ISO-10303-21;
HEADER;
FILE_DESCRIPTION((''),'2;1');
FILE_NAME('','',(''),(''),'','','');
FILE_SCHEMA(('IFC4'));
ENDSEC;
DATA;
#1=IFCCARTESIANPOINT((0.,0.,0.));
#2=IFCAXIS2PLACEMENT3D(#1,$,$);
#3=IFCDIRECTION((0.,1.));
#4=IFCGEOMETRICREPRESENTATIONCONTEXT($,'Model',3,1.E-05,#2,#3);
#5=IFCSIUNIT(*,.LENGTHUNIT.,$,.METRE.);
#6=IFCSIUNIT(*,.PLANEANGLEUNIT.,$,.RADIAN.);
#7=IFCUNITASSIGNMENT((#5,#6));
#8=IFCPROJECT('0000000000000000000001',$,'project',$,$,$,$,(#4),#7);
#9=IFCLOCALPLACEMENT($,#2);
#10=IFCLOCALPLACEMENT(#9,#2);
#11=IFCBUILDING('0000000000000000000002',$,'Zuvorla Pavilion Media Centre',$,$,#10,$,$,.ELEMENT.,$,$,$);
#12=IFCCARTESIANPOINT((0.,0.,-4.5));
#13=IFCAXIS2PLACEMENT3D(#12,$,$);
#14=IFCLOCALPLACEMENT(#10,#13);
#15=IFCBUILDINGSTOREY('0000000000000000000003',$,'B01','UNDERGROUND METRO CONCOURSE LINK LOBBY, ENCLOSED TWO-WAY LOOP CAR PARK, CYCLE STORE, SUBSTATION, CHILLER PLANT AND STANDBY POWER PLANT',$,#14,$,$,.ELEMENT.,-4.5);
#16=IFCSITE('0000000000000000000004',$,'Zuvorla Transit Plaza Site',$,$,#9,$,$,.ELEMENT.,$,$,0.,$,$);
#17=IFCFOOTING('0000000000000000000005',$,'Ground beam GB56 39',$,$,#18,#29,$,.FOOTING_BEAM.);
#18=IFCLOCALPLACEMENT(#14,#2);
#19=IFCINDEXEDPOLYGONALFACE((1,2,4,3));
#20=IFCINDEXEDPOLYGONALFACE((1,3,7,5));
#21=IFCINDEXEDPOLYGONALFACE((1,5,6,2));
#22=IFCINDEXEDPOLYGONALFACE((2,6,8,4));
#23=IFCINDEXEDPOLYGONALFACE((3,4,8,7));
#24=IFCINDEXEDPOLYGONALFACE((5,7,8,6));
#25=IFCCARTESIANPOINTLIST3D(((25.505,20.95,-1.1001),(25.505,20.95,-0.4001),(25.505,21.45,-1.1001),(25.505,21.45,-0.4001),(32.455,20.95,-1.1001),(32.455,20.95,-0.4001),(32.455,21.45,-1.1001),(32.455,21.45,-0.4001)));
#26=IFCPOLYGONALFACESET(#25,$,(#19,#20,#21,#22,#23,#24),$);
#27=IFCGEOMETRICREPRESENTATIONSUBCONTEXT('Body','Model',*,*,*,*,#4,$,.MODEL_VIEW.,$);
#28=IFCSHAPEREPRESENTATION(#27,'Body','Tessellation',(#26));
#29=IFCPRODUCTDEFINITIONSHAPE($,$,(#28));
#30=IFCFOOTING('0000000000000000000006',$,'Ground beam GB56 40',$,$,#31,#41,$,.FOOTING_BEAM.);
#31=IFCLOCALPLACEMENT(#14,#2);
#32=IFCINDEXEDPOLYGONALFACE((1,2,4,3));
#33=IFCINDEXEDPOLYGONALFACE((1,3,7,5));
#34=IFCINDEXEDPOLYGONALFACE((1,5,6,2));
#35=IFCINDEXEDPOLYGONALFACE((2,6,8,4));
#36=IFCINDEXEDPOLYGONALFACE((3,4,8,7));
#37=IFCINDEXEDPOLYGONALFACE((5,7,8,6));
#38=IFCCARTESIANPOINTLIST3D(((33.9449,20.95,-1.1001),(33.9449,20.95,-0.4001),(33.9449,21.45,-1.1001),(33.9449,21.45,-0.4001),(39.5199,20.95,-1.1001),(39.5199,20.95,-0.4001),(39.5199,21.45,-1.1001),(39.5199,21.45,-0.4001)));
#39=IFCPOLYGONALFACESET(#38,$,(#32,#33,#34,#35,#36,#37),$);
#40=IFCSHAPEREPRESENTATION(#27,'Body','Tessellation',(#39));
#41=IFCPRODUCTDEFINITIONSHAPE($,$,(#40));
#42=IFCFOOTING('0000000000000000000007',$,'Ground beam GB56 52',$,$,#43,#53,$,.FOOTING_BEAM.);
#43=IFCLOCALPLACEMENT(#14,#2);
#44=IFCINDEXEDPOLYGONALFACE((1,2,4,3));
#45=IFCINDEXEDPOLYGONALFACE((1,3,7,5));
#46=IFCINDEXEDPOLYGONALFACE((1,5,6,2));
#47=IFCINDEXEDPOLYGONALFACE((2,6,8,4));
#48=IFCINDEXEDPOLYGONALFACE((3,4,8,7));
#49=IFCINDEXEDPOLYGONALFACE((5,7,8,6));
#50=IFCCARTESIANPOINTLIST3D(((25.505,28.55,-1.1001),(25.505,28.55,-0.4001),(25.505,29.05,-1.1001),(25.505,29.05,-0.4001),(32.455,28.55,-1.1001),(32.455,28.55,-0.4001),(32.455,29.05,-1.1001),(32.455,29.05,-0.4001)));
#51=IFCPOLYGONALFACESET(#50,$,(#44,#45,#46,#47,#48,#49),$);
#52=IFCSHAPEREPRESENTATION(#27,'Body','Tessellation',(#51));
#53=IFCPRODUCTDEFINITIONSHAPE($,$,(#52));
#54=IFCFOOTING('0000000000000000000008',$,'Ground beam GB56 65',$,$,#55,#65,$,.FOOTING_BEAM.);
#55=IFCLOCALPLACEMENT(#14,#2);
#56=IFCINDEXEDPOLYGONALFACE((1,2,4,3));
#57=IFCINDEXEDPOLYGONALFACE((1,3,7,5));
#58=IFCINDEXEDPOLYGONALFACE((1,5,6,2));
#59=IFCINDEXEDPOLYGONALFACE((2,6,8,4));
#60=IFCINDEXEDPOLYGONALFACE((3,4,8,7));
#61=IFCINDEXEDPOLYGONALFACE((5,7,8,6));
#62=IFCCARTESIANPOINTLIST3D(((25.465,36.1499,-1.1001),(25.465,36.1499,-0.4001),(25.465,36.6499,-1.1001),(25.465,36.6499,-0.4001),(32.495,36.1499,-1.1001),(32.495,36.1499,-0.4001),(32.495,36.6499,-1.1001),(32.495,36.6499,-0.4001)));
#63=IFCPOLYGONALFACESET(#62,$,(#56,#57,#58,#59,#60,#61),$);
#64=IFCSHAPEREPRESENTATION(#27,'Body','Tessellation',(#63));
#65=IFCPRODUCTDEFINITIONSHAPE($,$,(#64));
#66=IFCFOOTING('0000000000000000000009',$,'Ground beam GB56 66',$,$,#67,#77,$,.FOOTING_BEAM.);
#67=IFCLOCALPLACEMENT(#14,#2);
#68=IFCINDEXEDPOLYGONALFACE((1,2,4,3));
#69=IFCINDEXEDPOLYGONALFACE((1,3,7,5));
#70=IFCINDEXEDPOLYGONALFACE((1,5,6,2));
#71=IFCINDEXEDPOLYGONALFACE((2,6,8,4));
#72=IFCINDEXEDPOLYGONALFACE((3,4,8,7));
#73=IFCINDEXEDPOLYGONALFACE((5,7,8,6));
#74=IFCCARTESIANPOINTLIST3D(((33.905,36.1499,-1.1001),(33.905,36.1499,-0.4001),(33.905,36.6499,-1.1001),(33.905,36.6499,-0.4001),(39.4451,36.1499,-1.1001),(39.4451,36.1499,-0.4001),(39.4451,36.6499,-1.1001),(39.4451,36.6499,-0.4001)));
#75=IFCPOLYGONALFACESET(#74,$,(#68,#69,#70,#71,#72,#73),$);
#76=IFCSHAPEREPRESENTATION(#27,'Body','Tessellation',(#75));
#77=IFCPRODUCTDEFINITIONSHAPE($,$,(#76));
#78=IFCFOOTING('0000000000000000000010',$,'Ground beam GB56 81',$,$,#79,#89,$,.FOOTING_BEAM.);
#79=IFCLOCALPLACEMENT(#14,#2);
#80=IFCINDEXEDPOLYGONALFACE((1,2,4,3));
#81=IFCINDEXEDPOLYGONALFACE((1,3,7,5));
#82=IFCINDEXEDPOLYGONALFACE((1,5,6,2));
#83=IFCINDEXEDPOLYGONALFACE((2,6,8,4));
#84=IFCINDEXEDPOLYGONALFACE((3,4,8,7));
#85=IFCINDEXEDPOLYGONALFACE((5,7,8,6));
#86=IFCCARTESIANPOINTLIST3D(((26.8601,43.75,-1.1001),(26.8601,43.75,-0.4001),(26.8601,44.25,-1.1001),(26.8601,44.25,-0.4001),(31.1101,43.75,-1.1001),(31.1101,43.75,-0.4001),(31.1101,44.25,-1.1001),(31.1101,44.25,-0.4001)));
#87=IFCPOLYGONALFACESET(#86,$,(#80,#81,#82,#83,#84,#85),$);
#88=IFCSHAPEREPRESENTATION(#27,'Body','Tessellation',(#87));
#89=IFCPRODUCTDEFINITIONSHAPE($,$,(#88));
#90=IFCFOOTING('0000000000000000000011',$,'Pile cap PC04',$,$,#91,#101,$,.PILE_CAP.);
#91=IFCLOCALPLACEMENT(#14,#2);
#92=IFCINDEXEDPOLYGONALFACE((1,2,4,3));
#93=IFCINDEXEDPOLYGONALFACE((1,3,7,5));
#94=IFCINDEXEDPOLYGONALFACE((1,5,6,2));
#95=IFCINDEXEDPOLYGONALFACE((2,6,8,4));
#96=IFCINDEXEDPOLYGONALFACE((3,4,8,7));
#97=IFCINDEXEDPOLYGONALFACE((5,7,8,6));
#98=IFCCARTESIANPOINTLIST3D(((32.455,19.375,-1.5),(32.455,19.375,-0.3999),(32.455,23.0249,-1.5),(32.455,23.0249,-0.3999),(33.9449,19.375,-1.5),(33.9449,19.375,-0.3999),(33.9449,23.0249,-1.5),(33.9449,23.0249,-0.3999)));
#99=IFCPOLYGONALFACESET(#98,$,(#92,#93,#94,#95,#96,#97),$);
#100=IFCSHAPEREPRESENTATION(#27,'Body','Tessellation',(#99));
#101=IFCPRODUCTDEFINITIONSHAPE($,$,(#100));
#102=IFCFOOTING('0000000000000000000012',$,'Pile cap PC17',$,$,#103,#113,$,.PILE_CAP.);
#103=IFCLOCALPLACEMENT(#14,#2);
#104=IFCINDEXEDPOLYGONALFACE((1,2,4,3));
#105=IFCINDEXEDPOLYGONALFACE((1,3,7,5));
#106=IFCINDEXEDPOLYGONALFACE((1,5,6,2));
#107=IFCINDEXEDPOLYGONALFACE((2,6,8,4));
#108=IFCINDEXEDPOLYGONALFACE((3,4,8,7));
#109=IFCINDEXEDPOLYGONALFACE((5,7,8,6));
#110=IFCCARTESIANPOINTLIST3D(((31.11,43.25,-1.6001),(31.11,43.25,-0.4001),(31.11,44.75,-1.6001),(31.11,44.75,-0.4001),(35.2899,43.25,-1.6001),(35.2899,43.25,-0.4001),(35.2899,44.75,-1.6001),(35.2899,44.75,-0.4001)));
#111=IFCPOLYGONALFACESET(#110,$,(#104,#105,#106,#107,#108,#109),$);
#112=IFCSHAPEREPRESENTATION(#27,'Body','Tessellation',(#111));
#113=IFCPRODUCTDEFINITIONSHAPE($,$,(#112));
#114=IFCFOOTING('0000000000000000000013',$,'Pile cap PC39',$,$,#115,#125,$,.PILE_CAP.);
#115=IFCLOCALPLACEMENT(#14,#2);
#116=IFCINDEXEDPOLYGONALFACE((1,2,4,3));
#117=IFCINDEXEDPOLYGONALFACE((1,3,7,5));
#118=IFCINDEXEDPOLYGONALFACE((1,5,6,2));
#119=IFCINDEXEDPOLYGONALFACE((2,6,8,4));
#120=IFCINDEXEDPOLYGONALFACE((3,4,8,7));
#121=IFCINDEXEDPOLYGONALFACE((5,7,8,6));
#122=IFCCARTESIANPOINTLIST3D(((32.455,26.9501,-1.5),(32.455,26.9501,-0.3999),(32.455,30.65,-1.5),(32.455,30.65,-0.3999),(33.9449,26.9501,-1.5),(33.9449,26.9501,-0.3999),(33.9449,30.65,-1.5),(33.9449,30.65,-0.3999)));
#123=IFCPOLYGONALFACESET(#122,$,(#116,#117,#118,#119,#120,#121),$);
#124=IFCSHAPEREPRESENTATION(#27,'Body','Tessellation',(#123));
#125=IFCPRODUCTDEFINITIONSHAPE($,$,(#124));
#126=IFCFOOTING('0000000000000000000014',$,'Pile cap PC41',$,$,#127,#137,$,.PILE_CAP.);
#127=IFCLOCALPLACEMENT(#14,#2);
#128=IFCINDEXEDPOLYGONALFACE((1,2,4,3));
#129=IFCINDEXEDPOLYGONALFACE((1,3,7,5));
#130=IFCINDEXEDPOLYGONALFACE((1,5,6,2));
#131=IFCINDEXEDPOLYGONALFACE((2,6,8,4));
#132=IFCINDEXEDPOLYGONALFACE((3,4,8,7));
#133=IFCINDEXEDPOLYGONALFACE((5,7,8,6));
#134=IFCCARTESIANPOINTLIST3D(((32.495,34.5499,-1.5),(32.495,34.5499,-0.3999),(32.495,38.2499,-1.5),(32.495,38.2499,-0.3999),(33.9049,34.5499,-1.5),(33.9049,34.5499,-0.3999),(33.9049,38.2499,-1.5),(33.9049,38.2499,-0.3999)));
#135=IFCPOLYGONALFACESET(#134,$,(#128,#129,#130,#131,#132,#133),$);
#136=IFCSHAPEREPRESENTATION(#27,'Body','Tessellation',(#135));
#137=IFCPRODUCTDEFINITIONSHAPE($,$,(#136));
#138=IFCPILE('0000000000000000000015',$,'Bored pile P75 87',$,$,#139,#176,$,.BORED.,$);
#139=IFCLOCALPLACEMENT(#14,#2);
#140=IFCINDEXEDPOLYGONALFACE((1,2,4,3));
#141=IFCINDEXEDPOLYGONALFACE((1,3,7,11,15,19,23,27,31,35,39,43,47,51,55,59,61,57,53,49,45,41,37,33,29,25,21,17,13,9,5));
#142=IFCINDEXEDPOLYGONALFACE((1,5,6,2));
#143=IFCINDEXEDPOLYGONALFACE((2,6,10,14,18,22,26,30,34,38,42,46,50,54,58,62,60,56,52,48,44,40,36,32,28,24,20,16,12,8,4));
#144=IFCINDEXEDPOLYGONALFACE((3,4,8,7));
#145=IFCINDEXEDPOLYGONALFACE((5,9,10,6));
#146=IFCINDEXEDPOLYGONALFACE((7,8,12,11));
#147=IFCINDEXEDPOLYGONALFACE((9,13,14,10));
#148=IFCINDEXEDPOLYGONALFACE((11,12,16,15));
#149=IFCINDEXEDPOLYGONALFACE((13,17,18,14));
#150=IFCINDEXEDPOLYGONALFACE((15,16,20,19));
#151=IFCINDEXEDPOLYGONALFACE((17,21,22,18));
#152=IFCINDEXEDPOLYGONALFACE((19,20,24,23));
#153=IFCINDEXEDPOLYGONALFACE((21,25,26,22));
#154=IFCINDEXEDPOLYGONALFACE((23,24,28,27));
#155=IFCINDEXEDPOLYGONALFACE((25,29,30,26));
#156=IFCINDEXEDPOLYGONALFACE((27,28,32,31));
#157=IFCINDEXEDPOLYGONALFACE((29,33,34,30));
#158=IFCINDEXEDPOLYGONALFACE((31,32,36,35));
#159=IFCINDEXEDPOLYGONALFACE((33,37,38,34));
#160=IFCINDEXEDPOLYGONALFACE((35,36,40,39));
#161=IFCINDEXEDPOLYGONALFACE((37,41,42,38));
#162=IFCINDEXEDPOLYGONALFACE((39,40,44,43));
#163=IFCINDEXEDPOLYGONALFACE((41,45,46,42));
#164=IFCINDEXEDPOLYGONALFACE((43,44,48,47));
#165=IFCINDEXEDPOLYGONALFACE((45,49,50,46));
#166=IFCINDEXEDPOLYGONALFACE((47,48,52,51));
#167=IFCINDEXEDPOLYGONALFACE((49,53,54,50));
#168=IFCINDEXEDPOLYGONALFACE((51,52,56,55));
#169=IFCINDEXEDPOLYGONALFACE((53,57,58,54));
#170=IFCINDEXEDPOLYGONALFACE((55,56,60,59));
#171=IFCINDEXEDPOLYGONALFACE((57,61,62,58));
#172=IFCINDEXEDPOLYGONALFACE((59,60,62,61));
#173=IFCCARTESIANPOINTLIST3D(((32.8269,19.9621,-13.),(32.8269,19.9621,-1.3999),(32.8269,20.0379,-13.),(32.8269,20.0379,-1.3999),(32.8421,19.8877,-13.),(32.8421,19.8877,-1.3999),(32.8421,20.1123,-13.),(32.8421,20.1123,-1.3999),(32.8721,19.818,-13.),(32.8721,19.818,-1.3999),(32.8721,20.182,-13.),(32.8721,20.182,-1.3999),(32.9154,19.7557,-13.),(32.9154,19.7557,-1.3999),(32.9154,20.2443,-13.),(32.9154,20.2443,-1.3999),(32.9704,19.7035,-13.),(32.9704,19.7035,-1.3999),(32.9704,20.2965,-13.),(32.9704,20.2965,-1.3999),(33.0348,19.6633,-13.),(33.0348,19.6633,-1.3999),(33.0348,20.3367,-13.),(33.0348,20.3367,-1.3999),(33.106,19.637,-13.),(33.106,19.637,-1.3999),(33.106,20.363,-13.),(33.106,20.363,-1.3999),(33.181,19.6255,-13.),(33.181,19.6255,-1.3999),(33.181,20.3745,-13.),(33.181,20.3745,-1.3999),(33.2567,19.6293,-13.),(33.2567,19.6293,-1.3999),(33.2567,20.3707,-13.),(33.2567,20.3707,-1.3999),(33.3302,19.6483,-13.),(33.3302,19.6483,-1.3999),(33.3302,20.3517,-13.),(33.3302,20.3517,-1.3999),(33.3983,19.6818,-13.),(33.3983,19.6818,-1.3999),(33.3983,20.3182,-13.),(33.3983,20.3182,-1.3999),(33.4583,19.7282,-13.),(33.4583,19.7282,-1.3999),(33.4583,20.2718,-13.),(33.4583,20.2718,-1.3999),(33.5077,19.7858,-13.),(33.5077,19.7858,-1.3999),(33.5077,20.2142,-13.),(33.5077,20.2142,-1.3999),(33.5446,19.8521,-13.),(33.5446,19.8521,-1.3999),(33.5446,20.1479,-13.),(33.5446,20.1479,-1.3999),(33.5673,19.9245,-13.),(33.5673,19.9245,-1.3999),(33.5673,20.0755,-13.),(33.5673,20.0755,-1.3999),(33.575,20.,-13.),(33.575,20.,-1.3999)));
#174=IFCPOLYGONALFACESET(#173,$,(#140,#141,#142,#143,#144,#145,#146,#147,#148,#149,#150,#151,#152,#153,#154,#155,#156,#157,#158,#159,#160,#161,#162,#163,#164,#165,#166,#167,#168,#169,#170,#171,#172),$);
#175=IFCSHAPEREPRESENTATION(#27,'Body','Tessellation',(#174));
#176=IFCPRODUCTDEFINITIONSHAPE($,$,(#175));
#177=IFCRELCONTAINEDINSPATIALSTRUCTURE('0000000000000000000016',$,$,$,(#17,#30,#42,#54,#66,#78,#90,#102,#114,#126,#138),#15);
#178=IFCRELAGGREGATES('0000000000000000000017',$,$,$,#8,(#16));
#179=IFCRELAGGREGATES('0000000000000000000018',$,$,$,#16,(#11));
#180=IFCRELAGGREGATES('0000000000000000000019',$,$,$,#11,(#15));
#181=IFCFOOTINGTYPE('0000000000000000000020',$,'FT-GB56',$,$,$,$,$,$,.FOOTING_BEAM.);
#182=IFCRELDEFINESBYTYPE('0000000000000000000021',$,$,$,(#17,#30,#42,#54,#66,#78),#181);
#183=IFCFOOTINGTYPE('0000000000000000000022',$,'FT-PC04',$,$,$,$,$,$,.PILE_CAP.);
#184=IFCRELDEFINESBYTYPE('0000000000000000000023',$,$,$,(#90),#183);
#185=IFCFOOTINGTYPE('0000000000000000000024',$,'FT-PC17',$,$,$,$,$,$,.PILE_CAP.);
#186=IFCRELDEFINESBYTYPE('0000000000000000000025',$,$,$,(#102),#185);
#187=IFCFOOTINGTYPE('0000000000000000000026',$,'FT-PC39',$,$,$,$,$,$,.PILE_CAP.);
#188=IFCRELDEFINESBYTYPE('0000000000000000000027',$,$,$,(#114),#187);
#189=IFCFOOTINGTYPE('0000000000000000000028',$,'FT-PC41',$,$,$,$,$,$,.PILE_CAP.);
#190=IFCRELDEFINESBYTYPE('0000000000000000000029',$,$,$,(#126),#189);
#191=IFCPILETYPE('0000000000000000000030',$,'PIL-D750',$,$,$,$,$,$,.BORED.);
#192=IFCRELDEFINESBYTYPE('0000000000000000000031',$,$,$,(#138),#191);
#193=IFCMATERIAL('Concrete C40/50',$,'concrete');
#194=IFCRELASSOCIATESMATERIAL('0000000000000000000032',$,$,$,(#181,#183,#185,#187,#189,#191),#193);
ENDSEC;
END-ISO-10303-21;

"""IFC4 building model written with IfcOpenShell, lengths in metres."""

from ifc_helpers import new_model, si_unit, direction, frame, origin, origin_2d, place, context, subcontext, project, spatial, rectangle, circle, extrude, material, material_profile, profile_set, type_object, element, save


model = new_model("IFC4")

# Units and contexts
model_context = context("Model", 3, precision=1e-05, world=origin(), true_north=direction((0.0, 1.0)))
body_context = subcontext(model_context, "Body", "Model", "MODEL_VIEW")
ifc_project = project(units=[si_unit("LENGTHUNIT", "METRE"), si_unit("PLANEANGLEUNIT", "RADIAN")], contexts=[model_context])

# Site, building, storey
site_placement = place(None, origin())
site = spatial("IfcSite", under=ifc_project, at=site_placement, Name="Zuvorla Transit Plaza Site", CompositionType="ELEMENT", RefElevation=0.0)
building_placement = place(site_placement, origin())
building = spatial("IfcBuilding", under=site, at=building_placement, Name="Zuvorla Pavilion Media Centre", CompositionType="ELEMENT")
storey_placement = place(building_placement, frame((0.0, 0.0, -4.5)))
storey = spatial("IfcBuildingStorey", under=building, at=storey_placement, Name="B01", Description="UNDERGROUND METRO CONCOURSE LINK LOBBY, ENCLOSED TWO-WAY LOOP CAR PARK, CYCLE STORE, SUBSTATION, CHILLER PLANT AND STANDBY POWER PLANT", CompositionType="ELEMENT", Elevation=-4.5)

# Footings
ifc_material = material(Name="Concrete C40/50", Category="concrete")
footing_type_1 = type_object("IfcFootingType", Name="FT-GB56", PredefinedType="FOOTING_BEAM", material=ifc_material)
footing_1_placement = place(storey_placement, frame((28.98, 21.2, -1.1001), z_axis=(0.0, 0.0, 1.0), x_axis=(1.0, 0.0, 0.0)))
element("IfcFooting", 1, at=footing_1_placement, inside=storey, type_object=footing_type_1, Name="Ground beam GB56 39", PredefinedType="FOOTING_BEAM", context=body_context, shape_type="SweptSolid", body=[
    extrude(rectangle(XDim=6.95, YDim=0.5, at=origin_2d()), origin(), (0.0, 0.0, 1.0), 0.7),
])
footing_2_placement = place(storey_placement, frame((36.7324, 21.2, -1.1001), z_axis=(0.0, 0.0, 1.0), x_axis=(1.0, 0.0, 0.0)))
element("IfcFooting", 2, at=footing_2_placement, inside=storey, type_object=footing_type_1, Name="Ground beam GB56 40", PredefinedType="FOOTING_BEAM", context=body_context, shape_type="SweptSolid", body=[
    extrude(rectangle(XDim=5.575, YDim=0.5, at=origin_2d()), origin(), (0.0, 0.0, 1.0), 0.7),
])
footing_3_placement = place(storey_placement, frame((28.98, 28.8, -1.1001), z_axis=(0.0, 0.0, 1.0), x_axis=(1.0, 0.0, 0.0)))
element("IfcFooting", 3, at=footing_3_placement, inside=storey, type_object=footing_type_1, Name="Ground beam GB56 52", PredefinedType="FOOTING_BEAM", context=body_context, shape_type="SweptSolid", body=[
    extrude(rectangle(XDim=6.95, YDim=0.5, at=origin_2d()), origin(), (0.0, 0.0, 1.0), 0.7),
])
footing_4_placement = place(storey_placement, frame((28.98, 36.3999, -1.1001), z_axis=(0.0, 0.0, 1.0), x_axis=(1.0, 0.0, 0.0)))
element("IfcFooting", 4, at=footing_4_placement, inside=storey, type_object=footing_type_1, Name="Ground beam GB56 65", PredefinedType="FOOTING_BEAM", context=body_context, shape_type="SweptSolid", body=[
    extrude(rectangle(XDim=7.03, YDim=0.5, at=origin_2d()), origin(), (0.0, 0.0, 1.0), 0.7),
])
footing_5_placement = place(storey_placement, frame((36.675, 36.3999, -1.1001), z_axis=(0.0, 0.0, 1.0), x_axis=(1.0, 0.0, 0.0)))
element("IfcFooting", 5, at=footing_5_placement, inside=storey, type_object=footing_type_1, Name="Ground beam GB56 66", PredefinedType="FOOTING_BEAM", context=body_context, shape_type="SweptSolid", body=[
    extrude(rectangle(XDim=5.54, YDim=0.5, at=origin_2d()), origin(), (0.0, 0.0, 1.0), 0.7),
])
footing_6_placement = place(storey_placement, frame((28.9851, 44.0, -1.1001), z_axis=(0.0, 0.0, 1.0), x_axis=(1.0, 0.0, 0.0)))
element("IfcFooting", 6, at=footing_6_placement, inside=storey, type_object=footing_type_1, Name="Ground beam GB56 81", PredefinedType="FOOTING_BEAM", context=body_context, shape_type="SweptSolid", body=[
    extrude(rectangle(XDim=4.25, YDim=0.5, at=origin_2d()), origin(), (0.0, 0.0, 1.0), 0.7),
])
footing_type_2 = type_object("IfcFootingType", Name="FT-PC04", PredefinedType="PILE_CAP", material=ifc_material)
footing_7_placement = place(storey_placement, frame((33.2, 21.2, -1.5), z_axis=(0.0, 0.0, 1.0), x_axis=(1.0, 0.0, 0.0)))
element("IfcFooting", 7, at=footing_7_placement, inside=storey, type_object=footing_type_2, Name="Pile cap PC04", PredefinedType="PILE_CAP", context=body_context, shape_type="SweptSolid", body=[
    extrude(rectangle(XDim=1.49, YDim=3.6499, at=origin_2d()), origin(), (0.0, 0.0, 1.0), 1.1001),
])
footing_type_3 = type_object("IfcFootingType", Name="FT-PC17", PredefinedType="PILE_CAP", material=ifc_material)
footing_8_placement = place(storey_placement, frame((33.2, 44.0, -1.6001), z_axis=(0.0, 0.0, 1.0), x_axis=(1.0, 0.0, 0.0)))
element("IfcFooting", 8, at=footing_8_placement, inside=storey, type_object=footing_type_3, Name="Pile cap PC17", PredefinedType="PILE_CAP", context=body_context, shape_type="SweptSolid", body=[
    extrude(rectangle(XDim=4.1799, YDim=1.5, at=origin_2d()), origin(), (0.0, 0.0, 1.0), 1.2),
])
footing_type_4 = type_object("IfcFootingType", Name="FT-PC39", PredefinedType="PILE_CAP", material=ifc_material)
footing_9_placement = place(storey_placement, frame((33.2, 28.8, -1.5), z_axis=(0.0, 0.0, 1.0), x_axis=(1.0, 0.0, 0.0)))
element("IfcFooting", 9, at=footing_9_placement, inside=storey, type_object=footing_type_4, Name="Pile cap PC39", PredefinedType="PILE_CAP", context=body_context, shape_type="SweptSolid", body=[
    extrude(rectangle(XDim=1.49, YDim=3.7, at=origin_2d()), origin(), (0.0, 0.0, 1.0), 1.1001),
])
footing_type_5 = type_object("IfcFootingType", Name="FT-PC41", PredefinedType="PILE_CAP", material=ifc_material)
footing_10_placement = place(storey_placement, frame((33.2, 36.3999, -1.5), z_axis=(0.0, 0.0, 1.0), x_axis=(1.0, 0.0, 0.0)))
element("IfcFooting", 10, at=footing_10_placement, inside=storey, type_object=footing_type_5, Name="Pile cap PC41", PredefinedType="PILE_CAP", context=body_context, shape_type="SweptSolid", body=[
    extrude(rectangle(XDim=1.4099, YDim=3.7, at=origin_2d()), origin(), (0.0, 0.0, 1.0), 1.1001),
])

# Pile
ifc_material_profile_1 = material_profile(ifc_material, circle(Radius=0.375, at=origin_2d()), Name="BORED PILE 750")
ifc_profile_set_1 = profile_set([ifc_material_profile_1], Name="Concrete C40/50")
pile_type_1 = type_object("IfcPileType", Name="PIL-D750", PredefinedType="BORED", material=ifc_profile_set_1)
for number, where, z_axis, x_axis, name in (
    (11, (33.2, 20.0, -1.3999), (0.0, 0.0, -1.0), (1.0, 0.0, 0.0), "Bored pile P75 87"),
):
    element("IfcPile", number, at=place(storey_placement, frame(where, z_axis=z_axis, x_axis=x_axis)), inside=storey, type_object=pile_type_1, Name=name, PredefinedType="BORED", context=body_context, shape_type="SweptSolid", body=[
        extrude(circle(Radius=0.375, at=origin_2d()), origin(), (0.0, 0.0, 1.0), 11.6001),
    ])

save(model, "model.ifc")
